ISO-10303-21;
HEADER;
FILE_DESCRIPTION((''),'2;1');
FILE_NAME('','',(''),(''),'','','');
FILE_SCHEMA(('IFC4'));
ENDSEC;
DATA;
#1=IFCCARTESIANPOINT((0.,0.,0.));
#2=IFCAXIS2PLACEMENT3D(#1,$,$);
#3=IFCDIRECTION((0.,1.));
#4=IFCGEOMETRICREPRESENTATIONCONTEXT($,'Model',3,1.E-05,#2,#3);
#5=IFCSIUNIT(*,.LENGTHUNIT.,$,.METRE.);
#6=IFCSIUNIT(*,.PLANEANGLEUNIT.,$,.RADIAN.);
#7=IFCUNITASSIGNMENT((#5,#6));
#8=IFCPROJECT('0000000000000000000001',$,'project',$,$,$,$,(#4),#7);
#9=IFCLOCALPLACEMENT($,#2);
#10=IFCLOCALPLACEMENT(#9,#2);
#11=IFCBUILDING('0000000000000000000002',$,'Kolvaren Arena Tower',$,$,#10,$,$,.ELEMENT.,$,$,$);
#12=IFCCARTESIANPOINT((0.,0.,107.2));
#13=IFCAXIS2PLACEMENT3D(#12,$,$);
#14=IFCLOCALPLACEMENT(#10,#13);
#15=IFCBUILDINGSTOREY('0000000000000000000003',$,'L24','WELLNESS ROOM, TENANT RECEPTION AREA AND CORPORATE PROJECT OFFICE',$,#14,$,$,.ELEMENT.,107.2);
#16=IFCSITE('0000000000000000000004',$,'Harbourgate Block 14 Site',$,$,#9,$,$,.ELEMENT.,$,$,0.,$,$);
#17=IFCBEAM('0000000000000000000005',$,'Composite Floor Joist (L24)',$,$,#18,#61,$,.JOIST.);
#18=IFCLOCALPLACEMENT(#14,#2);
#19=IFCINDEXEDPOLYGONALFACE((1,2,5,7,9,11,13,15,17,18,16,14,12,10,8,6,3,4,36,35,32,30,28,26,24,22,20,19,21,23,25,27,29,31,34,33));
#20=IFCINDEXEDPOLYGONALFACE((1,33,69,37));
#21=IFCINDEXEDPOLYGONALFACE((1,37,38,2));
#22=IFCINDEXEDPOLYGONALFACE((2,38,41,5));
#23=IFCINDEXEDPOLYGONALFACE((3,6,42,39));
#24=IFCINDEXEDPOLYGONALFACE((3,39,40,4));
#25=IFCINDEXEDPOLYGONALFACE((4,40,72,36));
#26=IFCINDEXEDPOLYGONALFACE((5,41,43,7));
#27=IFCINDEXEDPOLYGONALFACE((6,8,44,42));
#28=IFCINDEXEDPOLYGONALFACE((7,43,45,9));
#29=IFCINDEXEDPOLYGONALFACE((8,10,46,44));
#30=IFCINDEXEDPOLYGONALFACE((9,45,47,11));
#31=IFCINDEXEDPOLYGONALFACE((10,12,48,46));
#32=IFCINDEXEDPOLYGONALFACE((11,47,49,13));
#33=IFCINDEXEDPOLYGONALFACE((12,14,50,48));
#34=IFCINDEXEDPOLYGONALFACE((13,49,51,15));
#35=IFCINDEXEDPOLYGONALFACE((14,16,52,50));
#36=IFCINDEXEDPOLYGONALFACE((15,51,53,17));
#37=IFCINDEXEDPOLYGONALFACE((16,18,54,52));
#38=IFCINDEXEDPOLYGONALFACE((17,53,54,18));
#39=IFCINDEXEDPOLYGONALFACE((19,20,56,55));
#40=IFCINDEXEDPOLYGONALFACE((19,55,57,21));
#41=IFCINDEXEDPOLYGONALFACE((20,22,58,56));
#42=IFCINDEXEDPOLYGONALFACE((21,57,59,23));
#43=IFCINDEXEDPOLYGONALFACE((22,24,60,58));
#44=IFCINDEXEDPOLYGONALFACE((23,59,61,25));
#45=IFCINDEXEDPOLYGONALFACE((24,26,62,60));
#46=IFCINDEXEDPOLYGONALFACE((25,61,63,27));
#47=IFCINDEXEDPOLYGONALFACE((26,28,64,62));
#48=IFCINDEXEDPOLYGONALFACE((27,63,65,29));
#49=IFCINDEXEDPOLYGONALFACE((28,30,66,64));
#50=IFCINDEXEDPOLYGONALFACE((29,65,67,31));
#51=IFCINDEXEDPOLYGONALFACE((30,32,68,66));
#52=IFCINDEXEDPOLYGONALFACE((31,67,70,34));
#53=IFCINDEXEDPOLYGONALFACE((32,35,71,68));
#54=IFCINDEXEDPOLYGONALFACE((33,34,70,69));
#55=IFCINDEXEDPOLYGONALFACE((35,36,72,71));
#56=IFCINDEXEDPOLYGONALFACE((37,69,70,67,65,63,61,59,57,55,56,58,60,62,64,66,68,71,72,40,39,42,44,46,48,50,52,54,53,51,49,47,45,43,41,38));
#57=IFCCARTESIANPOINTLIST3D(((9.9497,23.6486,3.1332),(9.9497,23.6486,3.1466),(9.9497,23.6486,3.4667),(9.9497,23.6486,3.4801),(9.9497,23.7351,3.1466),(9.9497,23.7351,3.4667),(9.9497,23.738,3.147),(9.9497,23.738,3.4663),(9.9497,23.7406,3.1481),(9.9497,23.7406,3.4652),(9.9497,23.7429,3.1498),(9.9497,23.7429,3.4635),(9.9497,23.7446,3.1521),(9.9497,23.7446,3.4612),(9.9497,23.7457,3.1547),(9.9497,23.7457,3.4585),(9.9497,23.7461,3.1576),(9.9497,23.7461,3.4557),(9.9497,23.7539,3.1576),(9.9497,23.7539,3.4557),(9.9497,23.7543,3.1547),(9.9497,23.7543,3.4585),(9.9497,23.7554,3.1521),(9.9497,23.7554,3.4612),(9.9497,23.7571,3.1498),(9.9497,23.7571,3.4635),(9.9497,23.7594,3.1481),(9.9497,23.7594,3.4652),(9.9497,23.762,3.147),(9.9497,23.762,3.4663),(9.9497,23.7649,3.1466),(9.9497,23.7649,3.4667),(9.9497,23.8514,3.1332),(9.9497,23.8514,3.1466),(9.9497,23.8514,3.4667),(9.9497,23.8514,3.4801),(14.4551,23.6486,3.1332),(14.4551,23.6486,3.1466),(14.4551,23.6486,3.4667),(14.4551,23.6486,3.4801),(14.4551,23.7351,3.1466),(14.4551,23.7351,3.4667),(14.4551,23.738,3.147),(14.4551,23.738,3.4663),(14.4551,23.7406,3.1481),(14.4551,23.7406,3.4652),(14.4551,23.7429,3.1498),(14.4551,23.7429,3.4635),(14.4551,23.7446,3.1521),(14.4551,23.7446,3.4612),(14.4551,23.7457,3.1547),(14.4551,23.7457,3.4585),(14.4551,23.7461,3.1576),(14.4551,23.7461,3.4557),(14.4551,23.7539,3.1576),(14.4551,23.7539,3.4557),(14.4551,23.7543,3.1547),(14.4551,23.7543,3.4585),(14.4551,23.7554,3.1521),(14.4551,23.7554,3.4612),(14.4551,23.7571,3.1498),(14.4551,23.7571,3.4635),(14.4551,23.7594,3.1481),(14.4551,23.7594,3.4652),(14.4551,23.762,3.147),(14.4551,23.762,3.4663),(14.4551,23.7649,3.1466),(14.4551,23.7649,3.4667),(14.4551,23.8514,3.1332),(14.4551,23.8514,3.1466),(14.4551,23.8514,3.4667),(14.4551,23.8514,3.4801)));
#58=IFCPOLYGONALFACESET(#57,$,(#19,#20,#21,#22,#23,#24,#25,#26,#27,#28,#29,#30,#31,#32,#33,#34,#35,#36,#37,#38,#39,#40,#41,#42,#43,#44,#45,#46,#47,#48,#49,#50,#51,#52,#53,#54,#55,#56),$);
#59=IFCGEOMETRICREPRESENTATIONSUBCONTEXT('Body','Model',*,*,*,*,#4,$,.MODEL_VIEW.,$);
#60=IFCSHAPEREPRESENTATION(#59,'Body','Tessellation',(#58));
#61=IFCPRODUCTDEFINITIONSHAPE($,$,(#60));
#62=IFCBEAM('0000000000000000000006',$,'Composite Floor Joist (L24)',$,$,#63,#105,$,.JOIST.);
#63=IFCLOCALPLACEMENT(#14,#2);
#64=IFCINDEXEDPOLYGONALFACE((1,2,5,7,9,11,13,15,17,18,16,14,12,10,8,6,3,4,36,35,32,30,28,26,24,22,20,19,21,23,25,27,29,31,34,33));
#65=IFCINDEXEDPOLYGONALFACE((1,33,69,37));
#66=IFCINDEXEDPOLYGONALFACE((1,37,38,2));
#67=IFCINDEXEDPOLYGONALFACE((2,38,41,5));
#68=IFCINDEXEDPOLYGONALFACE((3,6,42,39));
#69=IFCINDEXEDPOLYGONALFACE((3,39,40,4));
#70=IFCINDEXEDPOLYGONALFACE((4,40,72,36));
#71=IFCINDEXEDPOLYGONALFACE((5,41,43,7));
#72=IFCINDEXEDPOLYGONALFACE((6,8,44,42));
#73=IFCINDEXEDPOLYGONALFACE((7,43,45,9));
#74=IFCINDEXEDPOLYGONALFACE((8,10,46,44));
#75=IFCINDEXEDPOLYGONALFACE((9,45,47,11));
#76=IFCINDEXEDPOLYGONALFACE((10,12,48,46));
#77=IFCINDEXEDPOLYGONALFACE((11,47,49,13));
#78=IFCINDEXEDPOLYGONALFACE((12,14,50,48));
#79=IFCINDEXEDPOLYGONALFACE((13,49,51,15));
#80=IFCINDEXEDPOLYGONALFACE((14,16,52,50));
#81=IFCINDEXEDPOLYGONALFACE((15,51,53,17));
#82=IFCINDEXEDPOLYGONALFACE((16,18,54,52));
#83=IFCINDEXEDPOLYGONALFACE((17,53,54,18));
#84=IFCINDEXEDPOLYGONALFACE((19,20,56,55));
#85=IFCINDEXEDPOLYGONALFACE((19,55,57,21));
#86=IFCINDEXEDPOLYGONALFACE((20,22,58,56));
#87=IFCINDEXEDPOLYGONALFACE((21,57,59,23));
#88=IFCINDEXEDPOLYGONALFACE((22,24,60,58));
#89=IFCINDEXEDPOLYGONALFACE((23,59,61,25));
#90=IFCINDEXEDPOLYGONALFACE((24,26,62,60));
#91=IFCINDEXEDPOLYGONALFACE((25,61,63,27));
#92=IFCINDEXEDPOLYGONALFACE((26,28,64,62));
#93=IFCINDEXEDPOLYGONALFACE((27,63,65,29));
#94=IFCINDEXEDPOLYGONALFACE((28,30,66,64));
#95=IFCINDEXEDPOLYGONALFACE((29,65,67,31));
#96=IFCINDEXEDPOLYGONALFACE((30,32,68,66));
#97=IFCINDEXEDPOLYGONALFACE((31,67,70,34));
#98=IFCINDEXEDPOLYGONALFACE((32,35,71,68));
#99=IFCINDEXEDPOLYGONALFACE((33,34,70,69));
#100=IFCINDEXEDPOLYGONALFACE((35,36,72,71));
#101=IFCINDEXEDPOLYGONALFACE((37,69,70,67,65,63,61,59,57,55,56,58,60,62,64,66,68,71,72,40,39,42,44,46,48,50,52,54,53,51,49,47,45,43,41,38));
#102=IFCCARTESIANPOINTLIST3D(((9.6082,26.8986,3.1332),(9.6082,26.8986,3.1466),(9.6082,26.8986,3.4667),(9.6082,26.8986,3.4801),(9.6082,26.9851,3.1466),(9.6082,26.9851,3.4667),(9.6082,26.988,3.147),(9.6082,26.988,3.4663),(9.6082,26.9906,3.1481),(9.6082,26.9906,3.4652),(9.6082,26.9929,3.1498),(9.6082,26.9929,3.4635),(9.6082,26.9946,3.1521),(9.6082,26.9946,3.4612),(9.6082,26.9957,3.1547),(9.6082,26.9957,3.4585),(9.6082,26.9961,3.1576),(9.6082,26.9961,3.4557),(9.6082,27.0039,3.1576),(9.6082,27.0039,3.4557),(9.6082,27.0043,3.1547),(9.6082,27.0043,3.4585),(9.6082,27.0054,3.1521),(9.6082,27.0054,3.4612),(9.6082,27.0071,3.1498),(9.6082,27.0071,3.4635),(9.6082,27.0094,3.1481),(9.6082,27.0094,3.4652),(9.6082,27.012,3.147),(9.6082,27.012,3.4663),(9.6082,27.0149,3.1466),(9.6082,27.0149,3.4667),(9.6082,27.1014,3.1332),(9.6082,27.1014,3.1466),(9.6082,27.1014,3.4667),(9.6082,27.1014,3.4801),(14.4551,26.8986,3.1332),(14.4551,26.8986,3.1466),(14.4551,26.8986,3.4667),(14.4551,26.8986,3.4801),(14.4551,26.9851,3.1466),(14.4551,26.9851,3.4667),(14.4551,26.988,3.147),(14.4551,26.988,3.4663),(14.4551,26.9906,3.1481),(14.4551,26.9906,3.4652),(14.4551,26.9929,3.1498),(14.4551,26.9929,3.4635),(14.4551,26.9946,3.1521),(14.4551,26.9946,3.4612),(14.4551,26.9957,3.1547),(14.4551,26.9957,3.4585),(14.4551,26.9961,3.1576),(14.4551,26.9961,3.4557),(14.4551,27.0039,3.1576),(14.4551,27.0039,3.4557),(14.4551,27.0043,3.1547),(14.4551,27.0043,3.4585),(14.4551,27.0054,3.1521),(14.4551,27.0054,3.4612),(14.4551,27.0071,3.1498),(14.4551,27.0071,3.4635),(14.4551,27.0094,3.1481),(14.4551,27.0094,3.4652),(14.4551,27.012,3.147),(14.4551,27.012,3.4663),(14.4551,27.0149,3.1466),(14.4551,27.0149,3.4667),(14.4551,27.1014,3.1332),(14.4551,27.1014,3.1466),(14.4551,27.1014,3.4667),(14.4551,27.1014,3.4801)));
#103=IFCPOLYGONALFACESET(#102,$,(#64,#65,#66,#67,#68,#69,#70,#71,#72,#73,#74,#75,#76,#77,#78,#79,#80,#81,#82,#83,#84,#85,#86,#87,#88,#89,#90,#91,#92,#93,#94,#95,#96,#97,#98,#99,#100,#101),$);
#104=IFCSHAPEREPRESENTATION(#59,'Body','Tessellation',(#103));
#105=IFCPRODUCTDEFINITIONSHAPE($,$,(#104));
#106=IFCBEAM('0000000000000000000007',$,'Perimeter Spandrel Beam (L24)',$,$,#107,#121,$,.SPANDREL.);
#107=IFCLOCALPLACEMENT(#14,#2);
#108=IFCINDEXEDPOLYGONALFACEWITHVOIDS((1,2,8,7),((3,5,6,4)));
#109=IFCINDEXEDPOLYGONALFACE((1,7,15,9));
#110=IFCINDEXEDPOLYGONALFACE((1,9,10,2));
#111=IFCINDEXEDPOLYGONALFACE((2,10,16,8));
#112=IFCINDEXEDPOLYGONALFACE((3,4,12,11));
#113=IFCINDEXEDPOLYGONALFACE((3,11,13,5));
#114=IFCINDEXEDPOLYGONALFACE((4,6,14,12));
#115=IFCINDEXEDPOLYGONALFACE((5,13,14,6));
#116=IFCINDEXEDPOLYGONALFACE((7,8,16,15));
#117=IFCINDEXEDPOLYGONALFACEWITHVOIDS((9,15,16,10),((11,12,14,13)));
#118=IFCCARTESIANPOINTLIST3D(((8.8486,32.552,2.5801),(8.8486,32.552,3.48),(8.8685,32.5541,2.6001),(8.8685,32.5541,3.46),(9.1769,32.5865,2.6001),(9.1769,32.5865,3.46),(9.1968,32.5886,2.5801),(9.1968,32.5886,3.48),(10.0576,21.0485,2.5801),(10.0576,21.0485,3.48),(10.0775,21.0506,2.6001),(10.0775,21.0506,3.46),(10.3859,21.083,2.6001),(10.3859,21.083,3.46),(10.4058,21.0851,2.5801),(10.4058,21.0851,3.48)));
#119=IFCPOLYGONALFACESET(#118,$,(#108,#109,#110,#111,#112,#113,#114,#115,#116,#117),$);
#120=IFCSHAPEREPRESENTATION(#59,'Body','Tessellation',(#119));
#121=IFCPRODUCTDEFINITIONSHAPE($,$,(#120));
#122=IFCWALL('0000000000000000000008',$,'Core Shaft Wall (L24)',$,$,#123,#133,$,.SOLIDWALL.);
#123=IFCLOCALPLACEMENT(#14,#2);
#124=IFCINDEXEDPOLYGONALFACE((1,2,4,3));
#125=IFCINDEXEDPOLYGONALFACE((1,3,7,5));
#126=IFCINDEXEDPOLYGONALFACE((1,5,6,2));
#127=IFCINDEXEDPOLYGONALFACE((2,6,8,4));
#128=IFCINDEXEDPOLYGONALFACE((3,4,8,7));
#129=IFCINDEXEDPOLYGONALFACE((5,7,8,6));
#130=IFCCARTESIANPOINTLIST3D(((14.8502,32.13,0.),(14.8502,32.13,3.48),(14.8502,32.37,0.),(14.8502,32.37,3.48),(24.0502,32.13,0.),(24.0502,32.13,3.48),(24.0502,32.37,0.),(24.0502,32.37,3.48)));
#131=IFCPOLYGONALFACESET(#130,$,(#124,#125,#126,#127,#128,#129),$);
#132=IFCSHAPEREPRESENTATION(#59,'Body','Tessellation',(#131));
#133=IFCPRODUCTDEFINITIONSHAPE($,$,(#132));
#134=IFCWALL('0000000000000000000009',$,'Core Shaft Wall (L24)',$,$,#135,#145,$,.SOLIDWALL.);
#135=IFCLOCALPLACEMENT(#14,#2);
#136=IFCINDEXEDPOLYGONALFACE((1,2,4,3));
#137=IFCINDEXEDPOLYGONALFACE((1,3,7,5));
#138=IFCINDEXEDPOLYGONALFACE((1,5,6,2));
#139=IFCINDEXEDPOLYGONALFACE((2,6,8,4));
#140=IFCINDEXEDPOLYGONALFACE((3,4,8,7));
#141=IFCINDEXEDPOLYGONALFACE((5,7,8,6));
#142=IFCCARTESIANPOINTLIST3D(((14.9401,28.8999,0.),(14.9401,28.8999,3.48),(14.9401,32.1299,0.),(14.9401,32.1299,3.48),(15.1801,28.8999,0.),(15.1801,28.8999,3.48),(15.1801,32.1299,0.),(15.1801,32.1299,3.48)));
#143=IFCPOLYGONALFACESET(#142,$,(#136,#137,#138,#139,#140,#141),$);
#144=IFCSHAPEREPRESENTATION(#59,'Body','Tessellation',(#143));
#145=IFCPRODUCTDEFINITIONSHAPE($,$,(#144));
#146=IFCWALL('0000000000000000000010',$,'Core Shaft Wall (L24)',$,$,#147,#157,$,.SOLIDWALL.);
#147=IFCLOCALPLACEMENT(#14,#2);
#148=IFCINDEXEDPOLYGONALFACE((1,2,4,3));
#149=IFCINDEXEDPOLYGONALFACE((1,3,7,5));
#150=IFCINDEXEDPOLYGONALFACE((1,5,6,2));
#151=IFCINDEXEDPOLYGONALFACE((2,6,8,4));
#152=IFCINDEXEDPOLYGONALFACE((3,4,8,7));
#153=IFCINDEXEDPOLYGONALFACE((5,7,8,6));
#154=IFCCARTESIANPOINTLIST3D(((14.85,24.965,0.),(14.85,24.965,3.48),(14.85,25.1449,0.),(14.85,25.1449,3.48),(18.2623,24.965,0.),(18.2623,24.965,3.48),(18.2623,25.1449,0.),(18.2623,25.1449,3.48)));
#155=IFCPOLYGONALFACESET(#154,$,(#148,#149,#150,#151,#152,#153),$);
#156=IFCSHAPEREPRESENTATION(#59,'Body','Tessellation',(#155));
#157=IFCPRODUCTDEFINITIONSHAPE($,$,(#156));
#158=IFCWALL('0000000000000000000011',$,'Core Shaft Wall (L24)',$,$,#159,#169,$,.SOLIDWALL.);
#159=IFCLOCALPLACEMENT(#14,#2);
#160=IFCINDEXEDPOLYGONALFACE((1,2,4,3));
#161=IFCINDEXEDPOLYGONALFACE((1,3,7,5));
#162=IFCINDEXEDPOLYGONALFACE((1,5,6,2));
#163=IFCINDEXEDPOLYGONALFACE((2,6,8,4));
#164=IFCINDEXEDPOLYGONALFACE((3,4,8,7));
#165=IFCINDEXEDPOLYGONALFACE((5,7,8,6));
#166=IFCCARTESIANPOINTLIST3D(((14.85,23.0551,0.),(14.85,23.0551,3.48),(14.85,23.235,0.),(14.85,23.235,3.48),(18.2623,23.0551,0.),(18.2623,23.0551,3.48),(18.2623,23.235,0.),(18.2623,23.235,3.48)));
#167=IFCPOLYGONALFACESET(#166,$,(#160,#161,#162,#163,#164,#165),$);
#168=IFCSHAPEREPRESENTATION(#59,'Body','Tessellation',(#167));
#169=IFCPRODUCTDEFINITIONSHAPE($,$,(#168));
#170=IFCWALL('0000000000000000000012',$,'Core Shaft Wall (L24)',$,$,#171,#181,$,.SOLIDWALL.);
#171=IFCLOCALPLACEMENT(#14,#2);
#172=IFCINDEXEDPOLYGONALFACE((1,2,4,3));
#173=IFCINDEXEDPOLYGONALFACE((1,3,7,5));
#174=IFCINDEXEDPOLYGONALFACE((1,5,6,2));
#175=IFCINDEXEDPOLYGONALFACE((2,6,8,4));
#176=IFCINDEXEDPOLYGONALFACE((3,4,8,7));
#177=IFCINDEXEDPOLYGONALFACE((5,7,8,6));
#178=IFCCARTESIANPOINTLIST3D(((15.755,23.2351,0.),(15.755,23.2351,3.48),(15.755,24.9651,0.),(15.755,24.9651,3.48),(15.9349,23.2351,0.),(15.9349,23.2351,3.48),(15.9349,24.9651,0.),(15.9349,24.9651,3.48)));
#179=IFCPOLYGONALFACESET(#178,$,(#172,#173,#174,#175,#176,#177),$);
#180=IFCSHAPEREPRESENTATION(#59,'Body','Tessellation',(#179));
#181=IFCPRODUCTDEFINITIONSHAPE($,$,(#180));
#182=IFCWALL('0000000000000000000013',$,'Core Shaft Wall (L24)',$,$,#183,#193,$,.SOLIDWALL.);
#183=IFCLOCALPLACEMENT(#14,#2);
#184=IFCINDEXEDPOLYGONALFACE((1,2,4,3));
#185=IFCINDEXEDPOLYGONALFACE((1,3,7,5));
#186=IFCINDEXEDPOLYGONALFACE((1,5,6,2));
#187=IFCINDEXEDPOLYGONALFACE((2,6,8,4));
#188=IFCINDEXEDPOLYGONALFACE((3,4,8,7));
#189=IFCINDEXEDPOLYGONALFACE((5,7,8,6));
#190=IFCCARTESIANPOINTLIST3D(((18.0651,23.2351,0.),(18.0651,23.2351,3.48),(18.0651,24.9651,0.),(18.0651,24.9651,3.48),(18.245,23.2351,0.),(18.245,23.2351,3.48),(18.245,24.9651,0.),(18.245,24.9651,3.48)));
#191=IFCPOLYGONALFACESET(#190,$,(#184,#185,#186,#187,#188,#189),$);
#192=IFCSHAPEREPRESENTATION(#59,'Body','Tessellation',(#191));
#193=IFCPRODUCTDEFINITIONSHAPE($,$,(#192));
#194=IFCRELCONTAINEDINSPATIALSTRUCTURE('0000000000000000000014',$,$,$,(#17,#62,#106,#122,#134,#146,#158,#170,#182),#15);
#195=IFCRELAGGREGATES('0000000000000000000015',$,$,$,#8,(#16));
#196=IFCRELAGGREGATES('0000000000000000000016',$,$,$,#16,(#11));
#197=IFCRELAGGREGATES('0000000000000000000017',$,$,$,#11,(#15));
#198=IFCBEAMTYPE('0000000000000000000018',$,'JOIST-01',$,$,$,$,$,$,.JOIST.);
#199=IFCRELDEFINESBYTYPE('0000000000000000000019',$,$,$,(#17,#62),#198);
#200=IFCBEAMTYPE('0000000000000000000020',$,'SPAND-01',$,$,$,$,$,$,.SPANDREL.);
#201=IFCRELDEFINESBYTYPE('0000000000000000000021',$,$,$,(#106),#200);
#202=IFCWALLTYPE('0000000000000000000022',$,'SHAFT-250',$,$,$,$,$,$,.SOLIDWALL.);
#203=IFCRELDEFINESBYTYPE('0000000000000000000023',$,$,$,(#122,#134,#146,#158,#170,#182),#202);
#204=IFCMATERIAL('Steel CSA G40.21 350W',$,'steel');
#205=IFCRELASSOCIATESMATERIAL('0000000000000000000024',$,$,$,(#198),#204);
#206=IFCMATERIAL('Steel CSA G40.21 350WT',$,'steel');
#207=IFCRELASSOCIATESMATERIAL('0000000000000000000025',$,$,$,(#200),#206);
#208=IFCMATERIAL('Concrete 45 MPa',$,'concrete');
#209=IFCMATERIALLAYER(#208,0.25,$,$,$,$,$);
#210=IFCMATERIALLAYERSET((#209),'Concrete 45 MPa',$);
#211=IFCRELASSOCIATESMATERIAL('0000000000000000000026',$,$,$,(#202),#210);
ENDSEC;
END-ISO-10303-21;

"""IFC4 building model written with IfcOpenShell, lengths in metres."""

from ifc_helpers import new_model, si_unit, direction, frame, frame_2d, origin, origin_2d, place, context, subcontext, project, spatial, rectangle, hollow_rectangle, i_section, extrude, material, layer, layer_set, material_profile, profile_set, type_object, element, save


model = new_model("IFC4")

# Units and contexts
model_context = context("Model", 3, precision=1e-05, world=origin(), true_north=direction((0.0, 1.0)))
body_context = subcontext(model_context, "Body", "Model", "MODEL_VIEW")
ifc_project = project(units=[si_unit("LENGTHUNIT", "METRE"), si_unit("PLANEANGLEUNIT", "RADIAN")], contexts=[model_context])

# Site, building, storey
site_placement = place(None, origin())
site = spatial("IfcSite", under=ifc_project, at=site_placement, Name="Harbourgate Block 14 Site", CompositionType="ELEMENT", RefElevation=0.0)
building_placement = place(site_placement, origin())
building = spatial("IfcBuilding", under=site, at=building_placement, Name="Kolvaren Arena Tower", CompositionType="ELEMENT")
storey_placement = place(building_placement, frame((0.0, 0.0, 107.2)))
storey = spatial("IfcBuildingStorey", under=building, at=storey_placement, Name="L24", Description="WELLNESS ROOM, TENANT RECEPTION AREA AND CORPORATE PROJECT OFFICE", CompositionType="ELEMENT", Elevation=107.2)

# Beams
ifc_material_1 = material(Name="Steel CSA G40.21 350W", Category="steel")
ifc_material_profile_1 = material_profile(ifc_material_1, i_section(OverallWidth=0.2029, OverallDepth=0.3469, WebThickness=0.0078, FlangeThickness=0.0134, FilletRadius=0.011, at=origin_2d()), Name="W360x64")
ifc_profile_set_1 = profile_set([ifc_material_profile_1], Name="Steel CSA G40.21 350W")
beam_type_1 = type_object("IfcBeamType", Name="JOIST-01", PredefinedType="JOIST", material=ifc_profile_set_1)
beam_1_placement = place(storey_placement, frame((9.9497, 23.75, 3.3066), z_axis=(1.0, 0.0, 0.0), x_axis=(0.0, 1.0, 0.0)))
element("IfcBeam", 1, at=beam_1_placement, inside=storey, type_object=beam_type_1, Name="Composite Floor Joist (L24)", PredefinedType="JOIST", context=body_context, shape_type="SweptSolid", body=[
    extrude(i_section(OverallWidth=0.2029, OverallDepth=0.3469, WebThickness=0.0078, FlangeThickness=0.0134, FilletRadius=0.011, at=origin_2d()), origin(), (0.0, 0.0, 1.0), 4.5054),
])
beam_2_placement = place(storey_placement, frame((9.6082, 27.0, 3.3066), z_axis=(1.0, 0.0, 0.0), x_axis=(0.0, 1.0, 0.0)))
element("IfcBeam", 2, at=beam_2_placement, inside=storey, type_object=beam_type_1, Name="Composite Floor Joist (L24)", PredefinedType="JOIST", context=body_context, shape_type="SweptSolid", body=[
    extrude(i_section(OverallWidth=0.2029, OverallDepth=0.3469, WebThickness=0.0078, FlangeThickness=0.0134, FilletRadius=0.011, at=origin_2d()), origin(), (0.0, 0.0, 1.0), 4.8469),
])
ifc_material_2 = material(Name="Steel CSA G40.21 350WT", Category="steel")
ifc_material_profile_2 = material_profile(ifc_material_2, hollow_rectangle(XDim=0.3501, YDim=0.8999, WallThickness=0.02, at=origin_2d()), Name="HSS 900x350x20")
ifc_profile_set_2 = profile_set([ifc_material_profile_2], Name="Steel CSA G40.21 350WT")
beam_type_2 = type_object("IfcBeamType", Name="SPAND-01", PredefinedType="SPANDREL", material=ifc_profile_set_2)
beam_3_placement = place(storey_placement, frame((9.0227, 32.5703, 3.03), z_axis=(0.104522, -0.994523, 0.0), x_axis=(0.994523, 0.104522, 0.0)))
element("IfcBeam", 3, at=beam_3_placement, inside=storey, type_object=beam_type_2, Name="Perimeter Spandrel Beam (L24)", PredefinedType="SPANDREL", context=body_context, shape_type="SweptSolid", body=[
    extrude(hollow_rectangle(XDim=0.3501, YDim=0.8999, WallThickness=0.02, at=origin_2d()), origin(), (0.0, 0.0, 1.0), 11.5669),
])

# Walls
ifc_material_3 = material(Name="Concrete 45 MPa", Category="concrete")
ifc_layer = layer(ifc_material_3, 0.25)
ifc_layer_set = layer_set([ifc_layer], Name="Concrete 45 MPa")
wall_type = type_object("IfcWallType", Name="SHAFT-250", PredefinedType="SOLIDWALL", material=ifc_layer_set)
wall_1_placement = place(storey_placement, frame((14.8501, 32.25, 0.0), z_axis=(0.0, 0.0, 1.0), x_axis=(1.0, 0.0, 0.0)))
element("IfcWall", 4, at=wall_1_placement, inside=storey, type_object=wall_type, Name="Core Shaft Wall (L24)", PredefinedType="SOLIDWALL", context=body_context, shape_type="SweptSolid", body=[
    extrude(rectangle(XDim=9.2, YDim=0.24, at=frame_2d((4.6001, 0.0))), origin(), (0.0, 0.0, 1.0), 3.48),
])
wall_2_placement = place(storey_placement, frame((15.0601, 28.8999, 0.0), z_axis=(0.0, 0.0, 1.0), x_axis=(0.0, 1.0, 0.0)))
element("IfcWall", 5, at=wall_2_placement, inside=storey, type_object=wall_type, Name="Core Shaft Wall (L24)", PredefinedType="SOLIDWALL", context=body_context, shape_type="SweptSolid", body=[
    extrude(rectangle(XDim=3.23, YDim=0.24, at=frame_2d((1.615, 0.0))), origin(), (0.0, 0.0, 1.0), 3.48),
])
for number, where, z_axis, x_axis, name in (
    (6, (14.8501, 25.0549, 0.0), (0.0, 0.0, 1.0), (1.0, 0.0, 0.0), "Core Shaft Wall (L24)"),
    (7, (14.8501, 23.145, 0.0), (0.0, 0.0, 1.0), (1.0, 0.0, 0.0), "Core Shaft Wall (L24)"),
):
    element("IfcWall", number, at=place(storey_placement, frame(where, z_axis=z_axis, x_axis=x_axis)), inside=storey, type_object=wall_type, Name=name, PredefinedType="SOLIDWALL", context=body_context, shape_type="SweptSolid", body=[
        extrude(rectangle(XDim=3.4124, YDim=0.1799, at=frame_2d((1.7061, 0.0))), origin(), (0.0, 0.0, 1.0), 3.48),
    ])
for number, where, z_axis, x_axis, name in (
    (8, (15.845, 23.2351, 0.0), (0.0, 0.0, 1.0), (0.0, 1.0, 0.0), "Core Shaft Wall (L24)"),
    (9, (18.155, 23.2351, 0.0), (0.0, 0.0, 1.0), (0.0, 1.0, 0.0), "Core Shaft Wall (L24)"),
):
    element("IfcWall", number, at=place(storey_placement, frame(where, z_axis=z_axis, x_axis=x_axis)), inside=storey, type_object=wall_type, Name=name, PredefinedType="SOLIDWALL", context=body_context, shape_type="SweptSolid", body=[
        extrude(rectangle(XDim=1.73, YDim=0.1799, at=frame_2d((0.865, 0.0))), origin(), (0.0, 0.0, 1.0), 3.48),
    ])

save(model, "model.ifc")
